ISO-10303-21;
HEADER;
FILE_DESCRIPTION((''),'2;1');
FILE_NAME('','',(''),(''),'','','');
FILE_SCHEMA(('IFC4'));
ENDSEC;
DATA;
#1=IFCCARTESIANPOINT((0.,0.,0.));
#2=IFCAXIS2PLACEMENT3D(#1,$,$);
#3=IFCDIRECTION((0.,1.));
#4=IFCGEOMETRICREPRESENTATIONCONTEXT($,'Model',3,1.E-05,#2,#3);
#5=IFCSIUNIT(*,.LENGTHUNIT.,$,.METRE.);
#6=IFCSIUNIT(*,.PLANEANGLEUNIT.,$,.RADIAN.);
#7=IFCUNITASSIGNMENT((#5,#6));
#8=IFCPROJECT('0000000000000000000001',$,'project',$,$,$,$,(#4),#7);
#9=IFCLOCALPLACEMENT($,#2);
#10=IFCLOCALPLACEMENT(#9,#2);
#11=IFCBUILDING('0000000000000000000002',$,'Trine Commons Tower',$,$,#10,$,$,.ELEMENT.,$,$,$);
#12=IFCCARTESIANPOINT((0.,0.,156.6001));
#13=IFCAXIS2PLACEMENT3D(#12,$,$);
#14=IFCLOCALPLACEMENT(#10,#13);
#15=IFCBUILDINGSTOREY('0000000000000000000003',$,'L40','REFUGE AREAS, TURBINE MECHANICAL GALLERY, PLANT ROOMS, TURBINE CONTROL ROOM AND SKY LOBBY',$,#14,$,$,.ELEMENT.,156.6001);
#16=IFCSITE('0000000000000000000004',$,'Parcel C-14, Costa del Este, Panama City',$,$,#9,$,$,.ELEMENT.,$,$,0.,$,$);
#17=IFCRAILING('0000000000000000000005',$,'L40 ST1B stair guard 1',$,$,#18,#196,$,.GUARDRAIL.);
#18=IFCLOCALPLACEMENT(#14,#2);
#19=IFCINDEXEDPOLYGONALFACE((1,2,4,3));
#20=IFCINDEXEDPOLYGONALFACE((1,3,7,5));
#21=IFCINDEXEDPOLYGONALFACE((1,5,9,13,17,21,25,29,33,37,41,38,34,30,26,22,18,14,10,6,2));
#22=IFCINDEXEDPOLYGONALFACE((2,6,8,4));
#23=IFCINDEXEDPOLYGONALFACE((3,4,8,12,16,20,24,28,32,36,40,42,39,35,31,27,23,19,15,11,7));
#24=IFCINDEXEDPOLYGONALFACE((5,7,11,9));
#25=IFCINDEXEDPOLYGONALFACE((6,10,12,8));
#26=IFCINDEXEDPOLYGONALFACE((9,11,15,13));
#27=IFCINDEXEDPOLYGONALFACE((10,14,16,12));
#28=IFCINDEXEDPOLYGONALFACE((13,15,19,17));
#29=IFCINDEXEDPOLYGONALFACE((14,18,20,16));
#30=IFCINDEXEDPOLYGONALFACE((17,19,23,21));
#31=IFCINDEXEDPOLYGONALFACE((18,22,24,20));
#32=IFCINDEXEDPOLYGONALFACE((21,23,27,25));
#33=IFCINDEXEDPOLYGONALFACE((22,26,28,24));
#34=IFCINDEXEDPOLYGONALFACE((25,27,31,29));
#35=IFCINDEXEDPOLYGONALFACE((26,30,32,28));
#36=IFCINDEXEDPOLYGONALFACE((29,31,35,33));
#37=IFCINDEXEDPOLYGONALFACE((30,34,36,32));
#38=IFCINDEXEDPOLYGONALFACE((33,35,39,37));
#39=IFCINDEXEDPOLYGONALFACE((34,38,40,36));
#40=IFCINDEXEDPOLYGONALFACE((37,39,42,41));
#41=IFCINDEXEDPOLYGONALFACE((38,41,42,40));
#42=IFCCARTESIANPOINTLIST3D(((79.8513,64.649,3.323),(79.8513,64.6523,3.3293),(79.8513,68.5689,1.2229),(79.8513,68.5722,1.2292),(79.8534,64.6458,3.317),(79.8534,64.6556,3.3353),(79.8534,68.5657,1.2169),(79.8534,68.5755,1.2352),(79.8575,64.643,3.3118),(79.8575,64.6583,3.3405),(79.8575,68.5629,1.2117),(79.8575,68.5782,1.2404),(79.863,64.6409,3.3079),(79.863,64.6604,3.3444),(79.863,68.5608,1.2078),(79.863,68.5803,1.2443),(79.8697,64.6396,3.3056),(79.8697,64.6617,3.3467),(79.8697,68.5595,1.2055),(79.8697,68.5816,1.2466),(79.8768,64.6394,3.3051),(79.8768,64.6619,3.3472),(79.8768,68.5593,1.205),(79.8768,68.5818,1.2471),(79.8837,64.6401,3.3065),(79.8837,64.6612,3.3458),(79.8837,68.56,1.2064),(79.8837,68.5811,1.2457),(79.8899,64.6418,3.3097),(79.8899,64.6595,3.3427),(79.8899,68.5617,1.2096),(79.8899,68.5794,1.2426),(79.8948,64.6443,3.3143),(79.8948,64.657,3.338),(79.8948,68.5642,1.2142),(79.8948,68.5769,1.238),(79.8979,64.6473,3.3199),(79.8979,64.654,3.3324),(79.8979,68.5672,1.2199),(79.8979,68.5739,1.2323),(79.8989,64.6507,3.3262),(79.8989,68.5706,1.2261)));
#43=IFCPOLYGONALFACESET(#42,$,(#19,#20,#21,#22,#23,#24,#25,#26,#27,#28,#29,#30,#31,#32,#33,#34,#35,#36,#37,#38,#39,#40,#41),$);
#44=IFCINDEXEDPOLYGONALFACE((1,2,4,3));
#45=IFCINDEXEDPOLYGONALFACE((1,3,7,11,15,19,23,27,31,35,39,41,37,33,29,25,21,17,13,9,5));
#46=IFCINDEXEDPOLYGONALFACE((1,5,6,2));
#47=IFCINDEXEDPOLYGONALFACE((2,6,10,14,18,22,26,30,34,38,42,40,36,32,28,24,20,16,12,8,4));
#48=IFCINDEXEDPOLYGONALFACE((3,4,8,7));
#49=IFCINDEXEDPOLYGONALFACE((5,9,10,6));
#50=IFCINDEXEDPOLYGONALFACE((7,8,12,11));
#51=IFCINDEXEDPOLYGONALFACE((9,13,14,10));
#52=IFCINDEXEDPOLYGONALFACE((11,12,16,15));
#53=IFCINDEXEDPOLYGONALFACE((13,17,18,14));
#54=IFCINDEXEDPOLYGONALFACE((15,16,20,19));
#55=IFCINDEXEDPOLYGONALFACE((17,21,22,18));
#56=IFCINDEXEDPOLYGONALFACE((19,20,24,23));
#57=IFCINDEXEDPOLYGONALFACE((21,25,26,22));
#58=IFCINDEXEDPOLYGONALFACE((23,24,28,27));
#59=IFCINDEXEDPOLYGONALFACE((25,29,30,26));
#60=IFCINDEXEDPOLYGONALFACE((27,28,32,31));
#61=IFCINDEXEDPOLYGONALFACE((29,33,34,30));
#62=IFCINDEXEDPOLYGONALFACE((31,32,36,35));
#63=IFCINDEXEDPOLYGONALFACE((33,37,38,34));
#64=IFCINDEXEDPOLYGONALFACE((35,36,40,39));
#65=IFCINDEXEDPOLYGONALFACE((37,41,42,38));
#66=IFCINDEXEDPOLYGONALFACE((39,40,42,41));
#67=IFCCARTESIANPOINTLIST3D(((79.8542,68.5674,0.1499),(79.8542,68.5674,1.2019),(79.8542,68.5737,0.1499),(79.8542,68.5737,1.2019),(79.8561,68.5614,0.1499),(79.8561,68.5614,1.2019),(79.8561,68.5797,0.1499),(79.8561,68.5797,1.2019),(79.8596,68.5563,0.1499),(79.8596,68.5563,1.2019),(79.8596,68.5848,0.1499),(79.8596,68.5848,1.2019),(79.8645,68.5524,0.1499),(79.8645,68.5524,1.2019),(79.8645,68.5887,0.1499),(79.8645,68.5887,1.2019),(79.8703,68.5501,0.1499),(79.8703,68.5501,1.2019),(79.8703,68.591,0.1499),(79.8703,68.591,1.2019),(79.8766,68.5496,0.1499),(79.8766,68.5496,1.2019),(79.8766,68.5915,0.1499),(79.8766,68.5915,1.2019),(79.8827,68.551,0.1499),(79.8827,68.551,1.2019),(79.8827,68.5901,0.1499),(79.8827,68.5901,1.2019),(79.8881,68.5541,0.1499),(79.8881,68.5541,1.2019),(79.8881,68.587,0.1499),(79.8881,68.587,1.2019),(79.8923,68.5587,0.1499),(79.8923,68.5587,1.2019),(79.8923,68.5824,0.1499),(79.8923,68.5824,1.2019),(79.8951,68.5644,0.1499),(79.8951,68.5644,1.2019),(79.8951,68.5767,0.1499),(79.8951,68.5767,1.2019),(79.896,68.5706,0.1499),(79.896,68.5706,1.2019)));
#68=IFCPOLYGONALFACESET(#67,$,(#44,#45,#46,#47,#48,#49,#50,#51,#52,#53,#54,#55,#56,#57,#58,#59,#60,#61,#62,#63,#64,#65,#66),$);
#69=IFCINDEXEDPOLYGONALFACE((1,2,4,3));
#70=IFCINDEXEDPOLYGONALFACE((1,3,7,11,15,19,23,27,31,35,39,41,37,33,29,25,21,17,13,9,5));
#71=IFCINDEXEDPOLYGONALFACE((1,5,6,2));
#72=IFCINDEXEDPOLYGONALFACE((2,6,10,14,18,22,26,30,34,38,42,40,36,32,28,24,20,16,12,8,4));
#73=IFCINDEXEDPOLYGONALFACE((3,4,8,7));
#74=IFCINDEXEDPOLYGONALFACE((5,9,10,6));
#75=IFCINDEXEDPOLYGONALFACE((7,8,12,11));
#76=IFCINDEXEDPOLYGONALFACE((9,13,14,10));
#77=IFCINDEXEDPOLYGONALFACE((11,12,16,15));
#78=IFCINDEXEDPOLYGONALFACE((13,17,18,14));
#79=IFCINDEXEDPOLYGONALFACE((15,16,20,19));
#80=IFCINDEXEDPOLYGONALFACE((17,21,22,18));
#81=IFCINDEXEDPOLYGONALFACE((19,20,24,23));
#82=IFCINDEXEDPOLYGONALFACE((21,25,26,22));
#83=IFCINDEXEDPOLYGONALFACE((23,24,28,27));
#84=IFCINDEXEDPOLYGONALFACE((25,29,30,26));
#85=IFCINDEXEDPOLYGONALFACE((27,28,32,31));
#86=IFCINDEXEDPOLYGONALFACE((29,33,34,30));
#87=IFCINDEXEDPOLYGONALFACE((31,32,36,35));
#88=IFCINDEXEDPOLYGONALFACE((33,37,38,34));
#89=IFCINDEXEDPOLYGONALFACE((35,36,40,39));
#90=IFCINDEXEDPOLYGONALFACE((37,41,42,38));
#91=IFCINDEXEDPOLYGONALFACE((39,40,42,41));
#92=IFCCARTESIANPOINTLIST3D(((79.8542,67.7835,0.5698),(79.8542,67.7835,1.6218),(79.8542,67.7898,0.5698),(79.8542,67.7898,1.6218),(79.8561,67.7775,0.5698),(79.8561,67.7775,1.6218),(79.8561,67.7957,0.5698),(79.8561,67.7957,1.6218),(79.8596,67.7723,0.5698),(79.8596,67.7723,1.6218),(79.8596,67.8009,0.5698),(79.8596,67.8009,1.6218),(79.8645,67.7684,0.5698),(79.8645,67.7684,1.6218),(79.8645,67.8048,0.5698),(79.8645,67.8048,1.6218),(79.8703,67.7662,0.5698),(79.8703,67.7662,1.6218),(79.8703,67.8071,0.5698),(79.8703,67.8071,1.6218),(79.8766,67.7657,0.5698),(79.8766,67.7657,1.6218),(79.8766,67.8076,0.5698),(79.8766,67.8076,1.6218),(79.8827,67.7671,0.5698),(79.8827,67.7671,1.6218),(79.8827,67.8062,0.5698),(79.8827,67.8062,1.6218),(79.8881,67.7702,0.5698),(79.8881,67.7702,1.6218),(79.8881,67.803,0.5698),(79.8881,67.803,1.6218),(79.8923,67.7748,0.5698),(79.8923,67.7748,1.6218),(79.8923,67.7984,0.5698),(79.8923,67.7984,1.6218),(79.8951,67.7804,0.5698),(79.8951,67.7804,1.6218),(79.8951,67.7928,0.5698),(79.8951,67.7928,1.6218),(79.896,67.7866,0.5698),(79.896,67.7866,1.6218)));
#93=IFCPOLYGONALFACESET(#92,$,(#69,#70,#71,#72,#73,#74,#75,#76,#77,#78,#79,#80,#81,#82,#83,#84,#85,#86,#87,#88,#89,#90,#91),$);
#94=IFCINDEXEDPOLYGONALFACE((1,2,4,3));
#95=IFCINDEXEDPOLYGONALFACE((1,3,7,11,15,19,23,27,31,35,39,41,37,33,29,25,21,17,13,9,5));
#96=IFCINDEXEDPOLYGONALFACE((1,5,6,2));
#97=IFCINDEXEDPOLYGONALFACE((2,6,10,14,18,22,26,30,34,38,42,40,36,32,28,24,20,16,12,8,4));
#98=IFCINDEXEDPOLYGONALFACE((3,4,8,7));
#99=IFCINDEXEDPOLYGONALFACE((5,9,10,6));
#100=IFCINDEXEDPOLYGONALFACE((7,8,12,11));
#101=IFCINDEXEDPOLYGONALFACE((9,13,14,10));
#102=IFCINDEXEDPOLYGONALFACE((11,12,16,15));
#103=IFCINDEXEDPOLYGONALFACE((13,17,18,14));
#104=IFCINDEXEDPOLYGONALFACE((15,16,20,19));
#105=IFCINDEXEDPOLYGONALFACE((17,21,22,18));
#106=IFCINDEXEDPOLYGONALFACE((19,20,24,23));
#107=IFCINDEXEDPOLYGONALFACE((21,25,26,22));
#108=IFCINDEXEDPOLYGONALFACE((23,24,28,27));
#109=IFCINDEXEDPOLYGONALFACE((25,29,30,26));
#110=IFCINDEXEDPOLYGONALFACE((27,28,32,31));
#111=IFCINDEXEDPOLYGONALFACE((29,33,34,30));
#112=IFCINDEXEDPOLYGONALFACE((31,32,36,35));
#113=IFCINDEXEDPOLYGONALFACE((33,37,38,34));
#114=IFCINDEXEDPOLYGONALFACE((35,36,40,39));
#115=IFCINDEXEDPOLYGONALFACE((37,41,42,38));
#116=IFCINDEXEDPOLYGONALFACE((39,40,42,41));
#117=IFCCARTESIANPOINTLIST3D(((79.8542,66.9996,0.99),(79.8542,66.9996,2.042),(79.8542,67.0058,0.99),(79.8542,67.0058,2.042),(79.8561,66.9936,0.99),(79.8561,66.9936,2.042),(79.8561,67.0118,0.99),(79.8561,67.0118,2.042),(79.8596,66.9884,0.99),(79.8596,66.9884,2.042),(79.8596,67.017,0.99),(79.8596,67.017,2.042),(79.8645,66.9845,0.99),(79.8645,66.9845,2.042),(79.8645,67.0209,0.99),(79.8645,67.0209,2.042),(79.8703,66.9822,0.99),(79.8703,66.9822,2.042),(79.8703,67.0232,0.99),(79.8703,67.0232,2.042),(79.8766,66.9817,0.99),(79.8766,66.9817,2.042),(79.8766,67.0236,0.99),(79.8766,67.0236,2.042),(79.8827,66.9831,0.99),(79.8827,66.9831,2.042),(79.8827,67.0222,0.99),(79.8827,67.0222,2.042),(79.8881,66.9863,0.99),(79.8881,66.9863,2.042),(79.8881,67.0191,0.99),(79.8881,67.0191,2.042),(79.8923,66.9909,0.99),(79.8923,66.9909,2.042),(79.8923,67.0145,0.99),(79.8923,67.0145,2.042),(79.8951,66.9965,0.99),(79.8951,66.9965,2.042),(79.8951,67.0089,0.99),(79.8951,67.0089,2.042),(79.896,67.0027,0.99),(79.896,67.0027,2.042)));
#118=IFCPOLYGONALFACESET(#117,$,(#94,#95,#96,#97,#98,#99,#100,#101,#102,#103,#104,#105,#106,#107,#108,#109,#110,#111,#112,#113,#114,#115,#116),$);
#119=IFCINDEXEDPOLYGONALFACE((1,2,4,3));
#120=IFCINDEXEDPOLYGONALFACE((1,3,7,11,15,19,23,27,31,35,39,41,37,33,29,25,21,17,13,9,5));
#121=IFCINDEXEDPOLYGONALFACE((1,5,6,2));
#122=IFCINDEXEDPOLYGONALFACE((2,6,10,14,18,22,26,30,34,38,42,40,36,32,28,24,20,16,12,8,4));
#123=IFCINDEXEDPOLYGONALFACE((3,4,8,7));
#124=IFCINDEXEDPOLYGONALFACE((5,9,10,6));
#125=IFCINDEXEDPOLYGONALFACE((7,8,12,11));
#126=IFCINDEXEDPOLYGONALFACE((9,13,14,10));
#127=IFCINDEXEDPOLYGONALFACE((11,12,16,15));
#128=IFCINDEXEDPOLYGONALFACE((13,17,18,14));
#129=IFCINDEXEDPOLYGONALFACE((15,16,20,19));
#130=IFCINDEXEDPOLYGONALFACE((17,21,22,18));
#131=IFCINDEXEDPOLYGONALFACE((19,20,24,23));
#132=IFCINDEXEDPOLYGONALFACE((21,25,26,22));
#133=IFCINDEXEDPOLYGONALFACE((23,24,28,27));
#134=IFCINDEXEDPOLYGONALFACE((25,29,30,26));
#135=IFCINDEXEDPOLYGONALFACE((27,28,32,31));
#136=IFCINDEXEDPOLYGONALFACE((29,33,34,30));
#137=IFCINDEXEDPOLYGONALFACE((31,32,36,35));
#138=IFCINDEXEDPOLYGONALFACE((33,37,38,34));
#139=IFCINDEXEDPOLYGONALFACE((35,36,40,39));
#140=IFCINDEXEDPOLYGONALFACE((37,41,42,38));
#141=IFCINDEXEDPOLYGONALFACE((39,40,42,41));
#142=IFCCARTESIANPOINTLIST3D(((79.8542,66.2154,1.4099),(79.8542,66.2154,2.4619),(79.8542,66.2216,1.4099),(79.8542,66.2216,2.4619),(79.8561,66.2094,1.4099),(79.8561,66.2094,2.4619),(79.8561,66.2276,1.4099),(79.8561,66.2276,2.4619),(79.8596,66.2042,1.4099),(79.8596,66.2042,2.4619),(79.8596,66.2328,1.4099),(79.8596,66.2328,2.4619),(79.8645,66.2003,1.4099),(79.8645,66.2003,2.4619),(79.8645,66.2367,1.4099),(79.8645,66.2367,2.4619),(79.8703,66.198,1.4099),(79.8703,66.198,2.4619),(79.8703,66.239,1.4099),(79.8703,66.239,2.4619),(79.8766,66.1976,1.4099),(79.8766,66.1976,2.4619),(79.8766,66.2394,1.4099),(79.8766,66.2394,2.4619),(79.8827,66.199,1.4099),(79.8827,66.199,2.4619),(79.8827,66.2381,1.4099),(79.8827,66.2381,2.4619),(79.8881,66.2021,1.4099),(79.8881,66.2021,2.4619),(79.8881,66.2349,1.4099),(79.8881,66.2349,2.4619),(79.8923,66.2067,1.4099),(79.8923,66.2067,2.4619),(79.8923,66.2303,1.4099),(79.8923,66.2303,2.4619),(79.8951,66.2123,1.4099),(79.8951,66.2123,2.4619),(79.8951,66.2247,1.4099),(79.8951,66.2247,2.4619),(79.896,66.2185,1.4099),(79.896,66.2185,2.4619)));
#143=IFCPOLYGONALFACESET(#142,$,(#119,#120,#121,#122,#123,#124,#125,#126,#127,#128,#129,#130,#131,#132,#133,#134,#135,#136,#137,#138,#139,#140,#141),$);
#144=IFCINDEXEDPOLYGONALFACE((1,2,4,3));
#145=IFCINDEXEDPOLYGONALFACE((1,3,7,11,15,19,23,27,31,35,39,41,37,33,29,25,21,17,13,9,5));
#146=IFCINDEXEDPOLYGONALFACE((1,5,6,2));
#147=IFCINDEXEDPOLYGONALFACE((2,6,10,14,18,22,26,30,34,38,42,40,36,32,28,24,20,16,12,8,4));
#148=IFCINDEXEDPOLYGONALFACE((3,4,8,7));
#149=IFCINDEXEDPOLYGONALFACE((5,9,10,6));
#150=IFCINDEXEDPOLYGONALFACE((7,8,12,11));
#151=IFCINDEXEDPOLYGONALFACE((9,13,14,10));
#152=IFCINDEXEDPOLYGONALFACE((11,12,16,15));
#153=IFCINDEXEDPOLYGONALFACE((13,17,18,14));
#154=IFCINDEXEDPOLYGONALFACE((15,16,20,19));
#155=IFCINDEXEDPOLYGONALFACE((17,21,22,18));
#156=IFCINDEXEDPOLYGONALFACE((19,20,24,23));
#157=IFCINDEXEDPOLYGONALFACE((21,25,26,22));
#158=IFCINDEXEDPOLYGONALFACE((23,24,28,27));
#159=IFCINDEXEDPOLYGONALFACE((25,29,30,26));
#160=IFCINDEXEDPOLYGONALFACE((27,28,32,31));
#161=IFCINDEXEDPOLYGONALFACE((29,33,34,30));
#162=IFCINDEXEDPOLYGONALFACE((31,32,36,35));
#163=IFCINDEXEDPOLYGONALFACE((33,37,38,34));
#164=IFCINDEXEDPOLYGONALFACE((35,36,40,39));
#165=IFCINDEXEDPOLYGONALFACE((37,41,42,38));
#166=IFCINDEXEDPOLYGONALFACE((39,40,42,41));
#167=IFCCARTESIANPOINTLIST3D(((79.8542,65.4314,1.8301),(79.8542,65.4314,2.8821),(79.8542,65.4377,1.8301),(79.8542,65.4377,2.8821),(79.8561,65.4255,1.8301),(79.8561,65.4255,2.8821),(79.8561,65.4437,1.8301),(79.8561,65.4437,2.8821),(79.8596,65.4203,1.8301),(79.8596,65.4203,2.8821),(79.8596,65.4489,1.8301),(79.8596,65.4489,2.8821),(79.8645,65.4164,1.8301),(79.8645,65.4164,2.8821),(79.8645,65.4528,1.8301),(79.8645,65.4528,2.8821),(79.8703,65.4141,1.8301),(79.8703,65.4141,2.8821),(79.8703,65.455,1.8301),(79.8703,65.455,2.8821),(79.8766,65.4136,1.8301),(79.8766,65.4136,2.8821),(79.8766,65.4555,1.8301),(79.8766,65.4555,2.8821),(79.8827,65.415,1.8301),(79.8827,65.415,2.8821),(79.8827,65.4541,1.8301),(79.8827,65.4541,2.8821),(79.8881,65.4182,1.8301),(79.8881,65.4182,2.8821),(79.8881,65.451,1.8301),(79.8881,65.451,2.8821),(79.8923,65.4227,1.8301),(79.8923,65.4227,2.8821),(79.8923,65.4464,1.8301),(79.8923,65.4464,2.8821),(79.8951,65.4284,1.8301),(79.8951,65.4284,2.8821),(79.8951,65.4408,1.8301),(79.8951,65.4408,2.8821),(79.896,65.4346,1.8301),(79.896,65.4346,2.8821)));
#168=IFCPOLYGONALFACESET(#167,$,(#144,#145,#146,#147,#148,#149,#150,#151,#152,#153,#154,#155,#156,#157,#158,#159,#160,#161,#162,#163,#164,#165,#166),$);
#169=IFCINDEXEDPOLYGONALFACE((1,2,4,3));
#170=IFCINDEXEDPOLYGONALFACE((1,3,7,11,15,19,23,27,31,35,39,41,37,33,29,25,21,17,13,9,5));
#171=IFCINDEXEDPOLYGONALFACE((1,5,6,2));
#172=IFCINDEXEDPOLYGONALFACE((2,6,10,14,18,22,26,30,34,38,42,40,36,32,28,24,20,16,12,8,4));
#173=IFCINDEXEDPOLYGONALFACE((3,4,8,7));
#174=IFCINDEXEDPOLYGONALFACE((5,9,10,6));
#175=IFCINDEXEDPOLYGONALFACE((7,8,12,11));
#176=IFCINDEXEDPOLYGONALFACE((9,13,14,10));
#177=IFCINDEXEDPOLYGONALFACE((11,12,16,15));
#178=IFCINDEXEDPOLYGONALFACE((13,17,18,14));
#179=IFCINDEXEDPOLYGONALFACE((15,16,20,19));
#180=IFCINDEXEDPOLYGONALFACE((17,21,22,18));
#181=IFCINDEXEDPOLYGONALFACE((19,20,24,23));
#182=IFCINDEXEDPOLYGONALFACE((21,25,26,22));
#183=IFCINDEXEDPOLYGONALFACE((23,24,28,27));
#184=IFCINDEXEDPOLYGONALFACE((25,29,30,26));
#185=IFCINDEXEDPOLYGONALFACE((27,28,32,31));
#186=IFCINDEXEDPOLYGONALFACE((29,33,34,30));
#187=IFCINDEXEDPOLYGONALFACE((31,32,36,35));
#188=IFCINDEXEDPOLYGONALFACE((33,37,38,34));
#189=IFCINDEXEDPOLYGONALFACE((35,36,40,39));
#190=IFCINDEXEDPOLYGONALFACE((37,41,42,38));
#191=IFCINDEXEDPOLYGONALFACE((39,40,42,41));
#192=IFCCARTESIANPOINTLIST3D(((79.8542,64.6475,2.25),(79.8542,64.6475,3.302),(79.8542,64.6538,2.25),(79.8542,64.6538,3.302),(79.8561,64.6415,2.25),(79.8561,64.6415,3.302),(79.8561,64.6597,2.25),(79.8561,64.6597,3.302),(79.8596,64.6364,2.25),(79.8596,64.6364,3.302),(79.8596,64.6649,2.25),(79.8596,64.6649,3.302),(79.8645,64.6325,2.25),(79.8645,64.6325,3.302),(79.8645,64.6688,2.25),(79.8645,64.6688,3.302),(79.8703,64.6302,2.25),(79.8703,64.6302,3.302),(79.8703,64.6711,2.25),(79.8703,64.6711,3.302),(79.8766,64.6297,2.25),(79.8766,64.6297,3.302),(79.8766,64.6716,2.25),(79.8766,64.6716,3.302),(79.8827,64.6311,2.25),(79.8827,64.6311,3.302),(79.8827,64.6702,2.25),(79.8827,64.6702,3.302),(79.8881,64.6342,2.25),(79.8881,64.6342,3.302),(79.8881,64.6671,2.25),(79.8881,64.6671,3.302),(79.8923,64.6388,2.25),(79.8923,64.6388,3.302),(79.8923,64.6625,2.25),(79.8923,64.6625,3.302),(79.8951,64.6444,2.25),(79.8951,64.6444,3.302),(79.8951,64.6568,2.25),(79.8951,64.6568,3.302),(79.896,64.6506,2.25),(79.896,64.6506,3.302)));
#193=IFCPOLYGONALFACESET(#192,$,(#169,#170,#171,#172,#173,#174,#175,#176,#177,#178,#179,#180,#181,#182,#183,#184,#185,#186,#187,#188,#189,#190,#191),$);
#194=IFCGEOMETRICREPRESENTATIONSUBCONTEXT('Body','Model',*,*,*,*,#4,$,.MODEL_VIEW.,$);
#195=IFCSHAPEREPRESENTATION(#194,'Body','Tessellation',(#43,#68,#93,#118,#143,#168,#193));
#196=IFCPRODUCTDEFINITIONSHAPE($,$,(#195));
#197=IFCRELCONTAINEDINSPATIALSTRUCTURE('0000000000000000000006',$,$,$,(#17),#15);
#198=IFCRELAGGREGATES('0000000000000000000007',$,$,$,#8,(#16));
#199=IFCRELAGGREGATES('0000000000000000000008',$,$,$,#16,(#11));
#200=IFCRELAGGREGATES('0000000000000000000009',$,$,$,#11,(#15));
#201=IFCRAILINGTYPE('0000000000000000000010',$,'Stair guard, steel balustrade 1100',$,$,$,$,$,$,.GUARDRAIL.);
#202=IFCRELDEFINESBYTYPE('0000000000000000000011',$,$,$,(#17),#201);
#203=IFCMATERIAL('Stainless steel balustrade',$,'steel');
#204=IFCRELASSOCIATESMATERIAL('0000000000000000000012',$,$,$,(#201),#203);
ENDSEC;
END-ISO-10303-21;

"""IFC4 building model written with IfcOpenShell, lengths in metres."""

from ifc_helpers import new_model, si_unit, direction, frame, origin, origin_2d, place, context, subcontext, project, spatial, circle, extrude, material, type_object, element, save


model = new_model("IFC4")

# Units and contexts
model_context = context("Model", 3, precision=1e-05, world=origin(), true_north=direction((0.0, 1.0)))
body_context = subcontext(model_context, "Body", "Model", "MODEL_VIEW")
ifc_project = project(units=[si_unit("LENGTHUNIT", "METRE"), si_unit("PLANEANGLEUNIT", "RADIAN")], contexts=[model_context])

# Site, building, storey
site_placement = place(None, origin())
site = spatial("IfcSite", under=ifc_project, at=site_placement, Name="Parcel C-14, Costa del Este, Panama City", CompositionType="ELEMENT", RefElevation=0.0)
building_placement = place(site_placement, origin())
building = spatial("IfcBuilding", under=site, at=building_placement, Name="Trine Commons Tower", CompositionType="ELEMENT")
storey_placement = place(building_placement, frame((0.0, 0.0, 156.6001)))
storey = spatial("IfcBuildingStorey", under=building, at=storey_placement, Name="L40", Description="REFUGE AREAS, TURBINE MECHANICAL GALLERY, PLANT ROOMS, TURBINE CONTROL ROOM AND SKY LOBBY", CompositionType="ELEMENT", Elevation=156.6001)

# Railing
ifc_material_1 = material(Name="Stainless steel balustrade", Category="steel")
railing_type_1 = type_object("IfcRailingType", Name="Stair guard, steel balustrade 1100", PredefinedType="GUARDRAIL", material=ifc_material_1)
railing_1_placement = place(storey_placement, frame((79.875, 68.5706, 0.1499)))
element("IfcRailing", 1, at=railing_1_placement, inside=storey, type_object=railing_type_1, Name="L40 ST1B stair guard 1", PredefinedType="GUARDRAIL", context=body_context, shape_type="SweptSolid", body=[
    extrude(circle(Radius=0.0239, at=origin_2d()), frame((0.0, 0.0, 1.0762), z_axis=(0.0, -0.881467, 0.472246), x_axis=(1.0, 0.0, 0.0)), (0.0, 0.0, 1.0), 4.447),
    extrude(circle(Radius=0.021, at=origin_2d()), origin(), (0.0, 0.0, 1.0), 1.052),
    extrude(circle(Radius=0.021, at=origin_2d()), frame((0.0, -0.7839, 0.4199)), (0.0, 0.0, 1.0), 1.052),
    extrude(circle(Radius=0.021, at=origin_2d()), frame((0.0, -1.5679, 0.8401)), (0.0, 0.0, 1.0), 1.052),
    extrude(circle(Radius=0.021, at=origin_2d()), frame((0.0, -2.3521, 1.26)), (0.0, 0.0, 1.0), 1.052),
    extrude(circle(Radius=0.021, at=origin_2d()), frame((0.0, -3.136, 1.6802)), (0.0, 0.0, 1.0), 1.052),
    extrude(circle(Radius=0.021, at=origin_2d()), frame((0.0, -3.9199, 2.1001)), (0.0, 0.0, 1.0), 1.052),
])

save(model, "model.ifc")
